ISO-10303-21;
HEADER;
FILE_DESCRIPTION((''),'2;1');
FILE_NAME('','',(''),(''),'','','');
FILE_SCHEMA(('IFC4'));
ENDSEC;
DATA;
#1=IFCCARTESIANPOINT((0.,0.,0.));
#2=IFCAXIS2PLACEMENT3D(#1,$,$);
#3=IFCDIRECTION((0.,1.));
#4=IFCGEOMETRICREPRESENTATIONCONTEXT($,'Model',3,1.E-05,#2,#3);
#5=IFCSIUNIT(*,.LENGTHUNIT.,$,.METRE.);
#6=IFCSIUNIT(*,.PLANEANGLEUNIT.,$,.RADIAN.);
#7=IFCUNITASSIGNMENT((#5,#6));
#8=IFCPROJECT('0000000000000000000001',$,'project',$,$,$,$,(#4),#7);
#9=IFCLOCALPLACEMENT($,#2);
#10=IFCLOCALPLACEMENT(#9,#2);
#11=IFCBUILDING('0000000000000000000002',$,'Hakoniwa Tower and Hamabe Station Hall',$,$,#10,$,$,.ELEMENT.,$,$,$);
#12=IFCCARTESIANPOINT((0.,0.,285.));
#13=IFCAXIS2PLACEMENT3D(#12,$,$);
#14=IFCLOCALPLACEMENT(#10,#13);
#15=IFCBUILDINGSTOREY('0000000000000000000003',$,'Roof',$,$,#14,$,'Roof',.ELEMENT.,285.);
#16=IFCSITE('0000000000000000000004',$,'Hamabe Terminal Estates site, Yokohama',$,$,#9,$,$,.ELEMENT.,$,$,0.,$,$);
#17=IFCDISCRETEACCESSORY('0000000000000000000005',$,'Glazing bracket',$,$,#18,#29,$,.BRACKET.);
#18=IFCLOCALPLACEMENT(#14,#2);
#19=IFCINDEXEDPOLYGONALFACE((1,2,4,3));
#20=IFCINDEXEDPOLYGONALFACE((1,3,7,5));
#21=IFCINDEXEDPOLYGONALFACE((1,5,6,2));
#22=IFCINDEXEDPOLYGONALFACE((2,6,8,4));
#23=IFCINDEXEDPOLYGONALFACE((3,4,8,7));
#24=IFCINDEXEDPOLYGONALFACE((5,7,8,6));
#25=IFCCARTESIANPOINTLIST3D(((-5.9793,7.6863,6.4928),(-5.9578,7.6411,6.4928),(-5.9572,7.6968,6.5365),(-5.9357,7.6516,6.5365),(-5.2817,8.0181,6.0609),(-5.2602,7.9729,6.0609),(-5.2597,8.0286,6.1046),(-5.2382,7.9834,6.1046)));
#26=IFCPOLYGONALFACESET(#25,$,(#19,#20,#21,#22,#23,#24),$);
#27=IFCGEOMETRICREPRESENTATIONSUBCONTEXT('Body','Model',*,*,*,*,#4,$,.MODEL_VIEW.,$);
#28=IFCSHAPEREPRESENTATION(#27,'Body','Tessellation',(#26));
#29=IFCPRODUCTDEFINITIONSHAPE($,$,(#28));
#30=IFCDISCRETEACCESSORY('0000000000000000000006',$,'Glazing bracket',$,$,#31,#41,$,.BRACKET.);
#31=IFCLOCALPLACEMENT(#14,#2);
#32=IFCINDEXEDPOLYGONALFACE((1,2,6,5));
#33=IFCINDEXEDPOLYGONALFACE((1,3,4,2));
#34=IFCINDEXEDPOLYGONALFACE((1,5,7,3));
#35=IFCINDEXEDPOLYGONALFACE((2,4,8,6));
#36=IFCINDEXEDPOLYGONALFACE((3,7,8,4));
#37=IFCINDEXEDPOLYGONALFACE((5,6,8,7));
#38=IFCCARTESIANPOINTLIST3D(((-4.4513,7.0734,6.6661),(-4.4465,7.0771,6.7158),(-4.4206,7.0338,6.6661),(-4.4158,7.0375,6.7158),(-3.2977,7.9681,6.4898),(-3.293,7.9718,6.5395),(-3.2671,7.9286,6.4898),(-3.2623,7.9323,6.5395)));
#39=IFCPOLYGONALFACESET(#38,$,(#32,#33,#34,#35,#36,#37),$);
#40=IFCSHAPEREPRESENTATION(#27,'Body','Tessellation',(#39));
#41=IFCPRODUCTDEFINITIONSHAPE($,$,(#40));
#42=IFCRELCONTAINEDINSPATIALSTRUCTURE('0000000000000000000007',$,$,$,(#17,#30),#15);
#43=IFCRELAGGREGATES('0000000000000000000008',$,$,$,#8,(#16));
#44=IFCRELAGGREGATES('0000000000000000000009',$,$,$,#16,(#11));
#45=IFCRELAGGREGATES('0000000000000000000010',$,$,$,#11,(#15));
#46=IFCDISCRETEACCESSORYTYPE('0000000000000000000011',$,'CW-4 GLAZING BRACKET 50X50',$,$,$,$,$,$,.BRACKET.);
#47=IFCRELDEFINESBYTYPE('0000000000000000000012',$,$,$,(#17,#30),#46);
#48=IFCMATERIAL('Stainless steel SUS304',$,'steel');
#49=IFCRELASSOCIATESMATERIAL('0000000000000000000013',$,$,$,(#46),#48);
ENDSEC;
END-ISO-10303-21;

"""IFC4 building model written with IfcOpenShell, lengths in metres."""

from ifc_helpers import new_model, si_unit, direction, frame, origin, origin_2d, place, context, subcontext, project, spatial, rectangle, extrude, material, material_profile, profile_set, type_object, element, save


model = new_model("IFC4")

# Units and contexts
model_context = context("Model", 3, precision=1e-05, world=origin(), true_north=direction((0.0, 1.0)))
body_context = subcontext(model_context, "Body", "Model", "MODEL_VIEW")
ifc_project = project(units=[si_unit("LENGTHUNIT", "METRE"), si_unit("PLANEANGLEUNIT", "RADIAN")], contexts=[model_context])

# Site, building, storey
site_placement = place(None, origin())
site = spatial("IfcSite", under=ifc_project, at=site_placement, Name="Hamabe Terminal Estates site, Yokohama", CompositionType="ELEMENT", RefElevation=0.0)
building_placement = place(site_placement, origin())
building = spatial("IfcBuilding", under=site, at=building_placement, Name="Hakoniwa Tower and Hamabe Station Hall", CompositionType="ELEMENT")
storey_placement = place(building_placement, frame((0.0, 0.0, 285.0)))
storey = spatial("IfcBuildingStorey", under=building, at=storey_placement, Name="Roof", LongName="Roof", CompositionType="ELEMENT", Elevation=285.0)

# Discrete accessories
ifc_material_1 = material(Name="Stainless steel SUS304", Category="steel")
ifc_material_profile_1 = material_profile(ifc_material_1, rectangle(XDim=0.05, YDim=0.05, at=origin_2d()), Name="CW-4 GLAZING BRACKET 50X50")
ifc_profile_set_1 = profile_set([ifc_material_profile_1], Name="Stainless steel SUS304")
discrete_accessory_type = type_object("IfcDiscreteAccessoryType", Name="CW-4 GLAZING BRACKET 50X50", PredefinedType="BRACKET", material=ifc_profile_set_1)
discrete_accessory_1_placement = place(storey_placement, frame((-5.9575, 7.6689, 6.5146), z_axis=(0.788196, 0.374924, -0.488036), x_axis=(-0.429553, 0.903042, 0.0)))
element("IfcDiscreteAccessory", 1, at=discrete_accessory_1_placement, inside=storey, type_object=discrete_accessory_type, Name="Glazing bracket", PredefinedType="BRACKET", context=body_context, shape_type="SweptSolid", body=[
    extrude(rectangle(XDim=0.05, YDim=0.05, at=origin_2d()), origin(), (0.0, 0.0, 1.0), 0.885),
])
discrete_accessory_2_placement = place(storey_placement, frame((-3.28, 7.9502, 6.5146), z_axis=(-0.784465, -0.608479, 0.11987), x_axis=(0.612898, -0.790162, 0.0)))
element("IfcDiscreteAccessory", 2, at=discrete_accessory_2_placement, inside=storey, type_object=discrete_accessory_type, Name="Glazing bracket", PredefinedType="BRACKET", context=body_context, shape_type="SweptSolid", body=[
    extrude(rectangle(XDim=0.05, YDim=0.05, at=origin_2d()), origin(), (0.0, 0.0, 1.0), 1.4705),
])

save(model, "model.ifc")
